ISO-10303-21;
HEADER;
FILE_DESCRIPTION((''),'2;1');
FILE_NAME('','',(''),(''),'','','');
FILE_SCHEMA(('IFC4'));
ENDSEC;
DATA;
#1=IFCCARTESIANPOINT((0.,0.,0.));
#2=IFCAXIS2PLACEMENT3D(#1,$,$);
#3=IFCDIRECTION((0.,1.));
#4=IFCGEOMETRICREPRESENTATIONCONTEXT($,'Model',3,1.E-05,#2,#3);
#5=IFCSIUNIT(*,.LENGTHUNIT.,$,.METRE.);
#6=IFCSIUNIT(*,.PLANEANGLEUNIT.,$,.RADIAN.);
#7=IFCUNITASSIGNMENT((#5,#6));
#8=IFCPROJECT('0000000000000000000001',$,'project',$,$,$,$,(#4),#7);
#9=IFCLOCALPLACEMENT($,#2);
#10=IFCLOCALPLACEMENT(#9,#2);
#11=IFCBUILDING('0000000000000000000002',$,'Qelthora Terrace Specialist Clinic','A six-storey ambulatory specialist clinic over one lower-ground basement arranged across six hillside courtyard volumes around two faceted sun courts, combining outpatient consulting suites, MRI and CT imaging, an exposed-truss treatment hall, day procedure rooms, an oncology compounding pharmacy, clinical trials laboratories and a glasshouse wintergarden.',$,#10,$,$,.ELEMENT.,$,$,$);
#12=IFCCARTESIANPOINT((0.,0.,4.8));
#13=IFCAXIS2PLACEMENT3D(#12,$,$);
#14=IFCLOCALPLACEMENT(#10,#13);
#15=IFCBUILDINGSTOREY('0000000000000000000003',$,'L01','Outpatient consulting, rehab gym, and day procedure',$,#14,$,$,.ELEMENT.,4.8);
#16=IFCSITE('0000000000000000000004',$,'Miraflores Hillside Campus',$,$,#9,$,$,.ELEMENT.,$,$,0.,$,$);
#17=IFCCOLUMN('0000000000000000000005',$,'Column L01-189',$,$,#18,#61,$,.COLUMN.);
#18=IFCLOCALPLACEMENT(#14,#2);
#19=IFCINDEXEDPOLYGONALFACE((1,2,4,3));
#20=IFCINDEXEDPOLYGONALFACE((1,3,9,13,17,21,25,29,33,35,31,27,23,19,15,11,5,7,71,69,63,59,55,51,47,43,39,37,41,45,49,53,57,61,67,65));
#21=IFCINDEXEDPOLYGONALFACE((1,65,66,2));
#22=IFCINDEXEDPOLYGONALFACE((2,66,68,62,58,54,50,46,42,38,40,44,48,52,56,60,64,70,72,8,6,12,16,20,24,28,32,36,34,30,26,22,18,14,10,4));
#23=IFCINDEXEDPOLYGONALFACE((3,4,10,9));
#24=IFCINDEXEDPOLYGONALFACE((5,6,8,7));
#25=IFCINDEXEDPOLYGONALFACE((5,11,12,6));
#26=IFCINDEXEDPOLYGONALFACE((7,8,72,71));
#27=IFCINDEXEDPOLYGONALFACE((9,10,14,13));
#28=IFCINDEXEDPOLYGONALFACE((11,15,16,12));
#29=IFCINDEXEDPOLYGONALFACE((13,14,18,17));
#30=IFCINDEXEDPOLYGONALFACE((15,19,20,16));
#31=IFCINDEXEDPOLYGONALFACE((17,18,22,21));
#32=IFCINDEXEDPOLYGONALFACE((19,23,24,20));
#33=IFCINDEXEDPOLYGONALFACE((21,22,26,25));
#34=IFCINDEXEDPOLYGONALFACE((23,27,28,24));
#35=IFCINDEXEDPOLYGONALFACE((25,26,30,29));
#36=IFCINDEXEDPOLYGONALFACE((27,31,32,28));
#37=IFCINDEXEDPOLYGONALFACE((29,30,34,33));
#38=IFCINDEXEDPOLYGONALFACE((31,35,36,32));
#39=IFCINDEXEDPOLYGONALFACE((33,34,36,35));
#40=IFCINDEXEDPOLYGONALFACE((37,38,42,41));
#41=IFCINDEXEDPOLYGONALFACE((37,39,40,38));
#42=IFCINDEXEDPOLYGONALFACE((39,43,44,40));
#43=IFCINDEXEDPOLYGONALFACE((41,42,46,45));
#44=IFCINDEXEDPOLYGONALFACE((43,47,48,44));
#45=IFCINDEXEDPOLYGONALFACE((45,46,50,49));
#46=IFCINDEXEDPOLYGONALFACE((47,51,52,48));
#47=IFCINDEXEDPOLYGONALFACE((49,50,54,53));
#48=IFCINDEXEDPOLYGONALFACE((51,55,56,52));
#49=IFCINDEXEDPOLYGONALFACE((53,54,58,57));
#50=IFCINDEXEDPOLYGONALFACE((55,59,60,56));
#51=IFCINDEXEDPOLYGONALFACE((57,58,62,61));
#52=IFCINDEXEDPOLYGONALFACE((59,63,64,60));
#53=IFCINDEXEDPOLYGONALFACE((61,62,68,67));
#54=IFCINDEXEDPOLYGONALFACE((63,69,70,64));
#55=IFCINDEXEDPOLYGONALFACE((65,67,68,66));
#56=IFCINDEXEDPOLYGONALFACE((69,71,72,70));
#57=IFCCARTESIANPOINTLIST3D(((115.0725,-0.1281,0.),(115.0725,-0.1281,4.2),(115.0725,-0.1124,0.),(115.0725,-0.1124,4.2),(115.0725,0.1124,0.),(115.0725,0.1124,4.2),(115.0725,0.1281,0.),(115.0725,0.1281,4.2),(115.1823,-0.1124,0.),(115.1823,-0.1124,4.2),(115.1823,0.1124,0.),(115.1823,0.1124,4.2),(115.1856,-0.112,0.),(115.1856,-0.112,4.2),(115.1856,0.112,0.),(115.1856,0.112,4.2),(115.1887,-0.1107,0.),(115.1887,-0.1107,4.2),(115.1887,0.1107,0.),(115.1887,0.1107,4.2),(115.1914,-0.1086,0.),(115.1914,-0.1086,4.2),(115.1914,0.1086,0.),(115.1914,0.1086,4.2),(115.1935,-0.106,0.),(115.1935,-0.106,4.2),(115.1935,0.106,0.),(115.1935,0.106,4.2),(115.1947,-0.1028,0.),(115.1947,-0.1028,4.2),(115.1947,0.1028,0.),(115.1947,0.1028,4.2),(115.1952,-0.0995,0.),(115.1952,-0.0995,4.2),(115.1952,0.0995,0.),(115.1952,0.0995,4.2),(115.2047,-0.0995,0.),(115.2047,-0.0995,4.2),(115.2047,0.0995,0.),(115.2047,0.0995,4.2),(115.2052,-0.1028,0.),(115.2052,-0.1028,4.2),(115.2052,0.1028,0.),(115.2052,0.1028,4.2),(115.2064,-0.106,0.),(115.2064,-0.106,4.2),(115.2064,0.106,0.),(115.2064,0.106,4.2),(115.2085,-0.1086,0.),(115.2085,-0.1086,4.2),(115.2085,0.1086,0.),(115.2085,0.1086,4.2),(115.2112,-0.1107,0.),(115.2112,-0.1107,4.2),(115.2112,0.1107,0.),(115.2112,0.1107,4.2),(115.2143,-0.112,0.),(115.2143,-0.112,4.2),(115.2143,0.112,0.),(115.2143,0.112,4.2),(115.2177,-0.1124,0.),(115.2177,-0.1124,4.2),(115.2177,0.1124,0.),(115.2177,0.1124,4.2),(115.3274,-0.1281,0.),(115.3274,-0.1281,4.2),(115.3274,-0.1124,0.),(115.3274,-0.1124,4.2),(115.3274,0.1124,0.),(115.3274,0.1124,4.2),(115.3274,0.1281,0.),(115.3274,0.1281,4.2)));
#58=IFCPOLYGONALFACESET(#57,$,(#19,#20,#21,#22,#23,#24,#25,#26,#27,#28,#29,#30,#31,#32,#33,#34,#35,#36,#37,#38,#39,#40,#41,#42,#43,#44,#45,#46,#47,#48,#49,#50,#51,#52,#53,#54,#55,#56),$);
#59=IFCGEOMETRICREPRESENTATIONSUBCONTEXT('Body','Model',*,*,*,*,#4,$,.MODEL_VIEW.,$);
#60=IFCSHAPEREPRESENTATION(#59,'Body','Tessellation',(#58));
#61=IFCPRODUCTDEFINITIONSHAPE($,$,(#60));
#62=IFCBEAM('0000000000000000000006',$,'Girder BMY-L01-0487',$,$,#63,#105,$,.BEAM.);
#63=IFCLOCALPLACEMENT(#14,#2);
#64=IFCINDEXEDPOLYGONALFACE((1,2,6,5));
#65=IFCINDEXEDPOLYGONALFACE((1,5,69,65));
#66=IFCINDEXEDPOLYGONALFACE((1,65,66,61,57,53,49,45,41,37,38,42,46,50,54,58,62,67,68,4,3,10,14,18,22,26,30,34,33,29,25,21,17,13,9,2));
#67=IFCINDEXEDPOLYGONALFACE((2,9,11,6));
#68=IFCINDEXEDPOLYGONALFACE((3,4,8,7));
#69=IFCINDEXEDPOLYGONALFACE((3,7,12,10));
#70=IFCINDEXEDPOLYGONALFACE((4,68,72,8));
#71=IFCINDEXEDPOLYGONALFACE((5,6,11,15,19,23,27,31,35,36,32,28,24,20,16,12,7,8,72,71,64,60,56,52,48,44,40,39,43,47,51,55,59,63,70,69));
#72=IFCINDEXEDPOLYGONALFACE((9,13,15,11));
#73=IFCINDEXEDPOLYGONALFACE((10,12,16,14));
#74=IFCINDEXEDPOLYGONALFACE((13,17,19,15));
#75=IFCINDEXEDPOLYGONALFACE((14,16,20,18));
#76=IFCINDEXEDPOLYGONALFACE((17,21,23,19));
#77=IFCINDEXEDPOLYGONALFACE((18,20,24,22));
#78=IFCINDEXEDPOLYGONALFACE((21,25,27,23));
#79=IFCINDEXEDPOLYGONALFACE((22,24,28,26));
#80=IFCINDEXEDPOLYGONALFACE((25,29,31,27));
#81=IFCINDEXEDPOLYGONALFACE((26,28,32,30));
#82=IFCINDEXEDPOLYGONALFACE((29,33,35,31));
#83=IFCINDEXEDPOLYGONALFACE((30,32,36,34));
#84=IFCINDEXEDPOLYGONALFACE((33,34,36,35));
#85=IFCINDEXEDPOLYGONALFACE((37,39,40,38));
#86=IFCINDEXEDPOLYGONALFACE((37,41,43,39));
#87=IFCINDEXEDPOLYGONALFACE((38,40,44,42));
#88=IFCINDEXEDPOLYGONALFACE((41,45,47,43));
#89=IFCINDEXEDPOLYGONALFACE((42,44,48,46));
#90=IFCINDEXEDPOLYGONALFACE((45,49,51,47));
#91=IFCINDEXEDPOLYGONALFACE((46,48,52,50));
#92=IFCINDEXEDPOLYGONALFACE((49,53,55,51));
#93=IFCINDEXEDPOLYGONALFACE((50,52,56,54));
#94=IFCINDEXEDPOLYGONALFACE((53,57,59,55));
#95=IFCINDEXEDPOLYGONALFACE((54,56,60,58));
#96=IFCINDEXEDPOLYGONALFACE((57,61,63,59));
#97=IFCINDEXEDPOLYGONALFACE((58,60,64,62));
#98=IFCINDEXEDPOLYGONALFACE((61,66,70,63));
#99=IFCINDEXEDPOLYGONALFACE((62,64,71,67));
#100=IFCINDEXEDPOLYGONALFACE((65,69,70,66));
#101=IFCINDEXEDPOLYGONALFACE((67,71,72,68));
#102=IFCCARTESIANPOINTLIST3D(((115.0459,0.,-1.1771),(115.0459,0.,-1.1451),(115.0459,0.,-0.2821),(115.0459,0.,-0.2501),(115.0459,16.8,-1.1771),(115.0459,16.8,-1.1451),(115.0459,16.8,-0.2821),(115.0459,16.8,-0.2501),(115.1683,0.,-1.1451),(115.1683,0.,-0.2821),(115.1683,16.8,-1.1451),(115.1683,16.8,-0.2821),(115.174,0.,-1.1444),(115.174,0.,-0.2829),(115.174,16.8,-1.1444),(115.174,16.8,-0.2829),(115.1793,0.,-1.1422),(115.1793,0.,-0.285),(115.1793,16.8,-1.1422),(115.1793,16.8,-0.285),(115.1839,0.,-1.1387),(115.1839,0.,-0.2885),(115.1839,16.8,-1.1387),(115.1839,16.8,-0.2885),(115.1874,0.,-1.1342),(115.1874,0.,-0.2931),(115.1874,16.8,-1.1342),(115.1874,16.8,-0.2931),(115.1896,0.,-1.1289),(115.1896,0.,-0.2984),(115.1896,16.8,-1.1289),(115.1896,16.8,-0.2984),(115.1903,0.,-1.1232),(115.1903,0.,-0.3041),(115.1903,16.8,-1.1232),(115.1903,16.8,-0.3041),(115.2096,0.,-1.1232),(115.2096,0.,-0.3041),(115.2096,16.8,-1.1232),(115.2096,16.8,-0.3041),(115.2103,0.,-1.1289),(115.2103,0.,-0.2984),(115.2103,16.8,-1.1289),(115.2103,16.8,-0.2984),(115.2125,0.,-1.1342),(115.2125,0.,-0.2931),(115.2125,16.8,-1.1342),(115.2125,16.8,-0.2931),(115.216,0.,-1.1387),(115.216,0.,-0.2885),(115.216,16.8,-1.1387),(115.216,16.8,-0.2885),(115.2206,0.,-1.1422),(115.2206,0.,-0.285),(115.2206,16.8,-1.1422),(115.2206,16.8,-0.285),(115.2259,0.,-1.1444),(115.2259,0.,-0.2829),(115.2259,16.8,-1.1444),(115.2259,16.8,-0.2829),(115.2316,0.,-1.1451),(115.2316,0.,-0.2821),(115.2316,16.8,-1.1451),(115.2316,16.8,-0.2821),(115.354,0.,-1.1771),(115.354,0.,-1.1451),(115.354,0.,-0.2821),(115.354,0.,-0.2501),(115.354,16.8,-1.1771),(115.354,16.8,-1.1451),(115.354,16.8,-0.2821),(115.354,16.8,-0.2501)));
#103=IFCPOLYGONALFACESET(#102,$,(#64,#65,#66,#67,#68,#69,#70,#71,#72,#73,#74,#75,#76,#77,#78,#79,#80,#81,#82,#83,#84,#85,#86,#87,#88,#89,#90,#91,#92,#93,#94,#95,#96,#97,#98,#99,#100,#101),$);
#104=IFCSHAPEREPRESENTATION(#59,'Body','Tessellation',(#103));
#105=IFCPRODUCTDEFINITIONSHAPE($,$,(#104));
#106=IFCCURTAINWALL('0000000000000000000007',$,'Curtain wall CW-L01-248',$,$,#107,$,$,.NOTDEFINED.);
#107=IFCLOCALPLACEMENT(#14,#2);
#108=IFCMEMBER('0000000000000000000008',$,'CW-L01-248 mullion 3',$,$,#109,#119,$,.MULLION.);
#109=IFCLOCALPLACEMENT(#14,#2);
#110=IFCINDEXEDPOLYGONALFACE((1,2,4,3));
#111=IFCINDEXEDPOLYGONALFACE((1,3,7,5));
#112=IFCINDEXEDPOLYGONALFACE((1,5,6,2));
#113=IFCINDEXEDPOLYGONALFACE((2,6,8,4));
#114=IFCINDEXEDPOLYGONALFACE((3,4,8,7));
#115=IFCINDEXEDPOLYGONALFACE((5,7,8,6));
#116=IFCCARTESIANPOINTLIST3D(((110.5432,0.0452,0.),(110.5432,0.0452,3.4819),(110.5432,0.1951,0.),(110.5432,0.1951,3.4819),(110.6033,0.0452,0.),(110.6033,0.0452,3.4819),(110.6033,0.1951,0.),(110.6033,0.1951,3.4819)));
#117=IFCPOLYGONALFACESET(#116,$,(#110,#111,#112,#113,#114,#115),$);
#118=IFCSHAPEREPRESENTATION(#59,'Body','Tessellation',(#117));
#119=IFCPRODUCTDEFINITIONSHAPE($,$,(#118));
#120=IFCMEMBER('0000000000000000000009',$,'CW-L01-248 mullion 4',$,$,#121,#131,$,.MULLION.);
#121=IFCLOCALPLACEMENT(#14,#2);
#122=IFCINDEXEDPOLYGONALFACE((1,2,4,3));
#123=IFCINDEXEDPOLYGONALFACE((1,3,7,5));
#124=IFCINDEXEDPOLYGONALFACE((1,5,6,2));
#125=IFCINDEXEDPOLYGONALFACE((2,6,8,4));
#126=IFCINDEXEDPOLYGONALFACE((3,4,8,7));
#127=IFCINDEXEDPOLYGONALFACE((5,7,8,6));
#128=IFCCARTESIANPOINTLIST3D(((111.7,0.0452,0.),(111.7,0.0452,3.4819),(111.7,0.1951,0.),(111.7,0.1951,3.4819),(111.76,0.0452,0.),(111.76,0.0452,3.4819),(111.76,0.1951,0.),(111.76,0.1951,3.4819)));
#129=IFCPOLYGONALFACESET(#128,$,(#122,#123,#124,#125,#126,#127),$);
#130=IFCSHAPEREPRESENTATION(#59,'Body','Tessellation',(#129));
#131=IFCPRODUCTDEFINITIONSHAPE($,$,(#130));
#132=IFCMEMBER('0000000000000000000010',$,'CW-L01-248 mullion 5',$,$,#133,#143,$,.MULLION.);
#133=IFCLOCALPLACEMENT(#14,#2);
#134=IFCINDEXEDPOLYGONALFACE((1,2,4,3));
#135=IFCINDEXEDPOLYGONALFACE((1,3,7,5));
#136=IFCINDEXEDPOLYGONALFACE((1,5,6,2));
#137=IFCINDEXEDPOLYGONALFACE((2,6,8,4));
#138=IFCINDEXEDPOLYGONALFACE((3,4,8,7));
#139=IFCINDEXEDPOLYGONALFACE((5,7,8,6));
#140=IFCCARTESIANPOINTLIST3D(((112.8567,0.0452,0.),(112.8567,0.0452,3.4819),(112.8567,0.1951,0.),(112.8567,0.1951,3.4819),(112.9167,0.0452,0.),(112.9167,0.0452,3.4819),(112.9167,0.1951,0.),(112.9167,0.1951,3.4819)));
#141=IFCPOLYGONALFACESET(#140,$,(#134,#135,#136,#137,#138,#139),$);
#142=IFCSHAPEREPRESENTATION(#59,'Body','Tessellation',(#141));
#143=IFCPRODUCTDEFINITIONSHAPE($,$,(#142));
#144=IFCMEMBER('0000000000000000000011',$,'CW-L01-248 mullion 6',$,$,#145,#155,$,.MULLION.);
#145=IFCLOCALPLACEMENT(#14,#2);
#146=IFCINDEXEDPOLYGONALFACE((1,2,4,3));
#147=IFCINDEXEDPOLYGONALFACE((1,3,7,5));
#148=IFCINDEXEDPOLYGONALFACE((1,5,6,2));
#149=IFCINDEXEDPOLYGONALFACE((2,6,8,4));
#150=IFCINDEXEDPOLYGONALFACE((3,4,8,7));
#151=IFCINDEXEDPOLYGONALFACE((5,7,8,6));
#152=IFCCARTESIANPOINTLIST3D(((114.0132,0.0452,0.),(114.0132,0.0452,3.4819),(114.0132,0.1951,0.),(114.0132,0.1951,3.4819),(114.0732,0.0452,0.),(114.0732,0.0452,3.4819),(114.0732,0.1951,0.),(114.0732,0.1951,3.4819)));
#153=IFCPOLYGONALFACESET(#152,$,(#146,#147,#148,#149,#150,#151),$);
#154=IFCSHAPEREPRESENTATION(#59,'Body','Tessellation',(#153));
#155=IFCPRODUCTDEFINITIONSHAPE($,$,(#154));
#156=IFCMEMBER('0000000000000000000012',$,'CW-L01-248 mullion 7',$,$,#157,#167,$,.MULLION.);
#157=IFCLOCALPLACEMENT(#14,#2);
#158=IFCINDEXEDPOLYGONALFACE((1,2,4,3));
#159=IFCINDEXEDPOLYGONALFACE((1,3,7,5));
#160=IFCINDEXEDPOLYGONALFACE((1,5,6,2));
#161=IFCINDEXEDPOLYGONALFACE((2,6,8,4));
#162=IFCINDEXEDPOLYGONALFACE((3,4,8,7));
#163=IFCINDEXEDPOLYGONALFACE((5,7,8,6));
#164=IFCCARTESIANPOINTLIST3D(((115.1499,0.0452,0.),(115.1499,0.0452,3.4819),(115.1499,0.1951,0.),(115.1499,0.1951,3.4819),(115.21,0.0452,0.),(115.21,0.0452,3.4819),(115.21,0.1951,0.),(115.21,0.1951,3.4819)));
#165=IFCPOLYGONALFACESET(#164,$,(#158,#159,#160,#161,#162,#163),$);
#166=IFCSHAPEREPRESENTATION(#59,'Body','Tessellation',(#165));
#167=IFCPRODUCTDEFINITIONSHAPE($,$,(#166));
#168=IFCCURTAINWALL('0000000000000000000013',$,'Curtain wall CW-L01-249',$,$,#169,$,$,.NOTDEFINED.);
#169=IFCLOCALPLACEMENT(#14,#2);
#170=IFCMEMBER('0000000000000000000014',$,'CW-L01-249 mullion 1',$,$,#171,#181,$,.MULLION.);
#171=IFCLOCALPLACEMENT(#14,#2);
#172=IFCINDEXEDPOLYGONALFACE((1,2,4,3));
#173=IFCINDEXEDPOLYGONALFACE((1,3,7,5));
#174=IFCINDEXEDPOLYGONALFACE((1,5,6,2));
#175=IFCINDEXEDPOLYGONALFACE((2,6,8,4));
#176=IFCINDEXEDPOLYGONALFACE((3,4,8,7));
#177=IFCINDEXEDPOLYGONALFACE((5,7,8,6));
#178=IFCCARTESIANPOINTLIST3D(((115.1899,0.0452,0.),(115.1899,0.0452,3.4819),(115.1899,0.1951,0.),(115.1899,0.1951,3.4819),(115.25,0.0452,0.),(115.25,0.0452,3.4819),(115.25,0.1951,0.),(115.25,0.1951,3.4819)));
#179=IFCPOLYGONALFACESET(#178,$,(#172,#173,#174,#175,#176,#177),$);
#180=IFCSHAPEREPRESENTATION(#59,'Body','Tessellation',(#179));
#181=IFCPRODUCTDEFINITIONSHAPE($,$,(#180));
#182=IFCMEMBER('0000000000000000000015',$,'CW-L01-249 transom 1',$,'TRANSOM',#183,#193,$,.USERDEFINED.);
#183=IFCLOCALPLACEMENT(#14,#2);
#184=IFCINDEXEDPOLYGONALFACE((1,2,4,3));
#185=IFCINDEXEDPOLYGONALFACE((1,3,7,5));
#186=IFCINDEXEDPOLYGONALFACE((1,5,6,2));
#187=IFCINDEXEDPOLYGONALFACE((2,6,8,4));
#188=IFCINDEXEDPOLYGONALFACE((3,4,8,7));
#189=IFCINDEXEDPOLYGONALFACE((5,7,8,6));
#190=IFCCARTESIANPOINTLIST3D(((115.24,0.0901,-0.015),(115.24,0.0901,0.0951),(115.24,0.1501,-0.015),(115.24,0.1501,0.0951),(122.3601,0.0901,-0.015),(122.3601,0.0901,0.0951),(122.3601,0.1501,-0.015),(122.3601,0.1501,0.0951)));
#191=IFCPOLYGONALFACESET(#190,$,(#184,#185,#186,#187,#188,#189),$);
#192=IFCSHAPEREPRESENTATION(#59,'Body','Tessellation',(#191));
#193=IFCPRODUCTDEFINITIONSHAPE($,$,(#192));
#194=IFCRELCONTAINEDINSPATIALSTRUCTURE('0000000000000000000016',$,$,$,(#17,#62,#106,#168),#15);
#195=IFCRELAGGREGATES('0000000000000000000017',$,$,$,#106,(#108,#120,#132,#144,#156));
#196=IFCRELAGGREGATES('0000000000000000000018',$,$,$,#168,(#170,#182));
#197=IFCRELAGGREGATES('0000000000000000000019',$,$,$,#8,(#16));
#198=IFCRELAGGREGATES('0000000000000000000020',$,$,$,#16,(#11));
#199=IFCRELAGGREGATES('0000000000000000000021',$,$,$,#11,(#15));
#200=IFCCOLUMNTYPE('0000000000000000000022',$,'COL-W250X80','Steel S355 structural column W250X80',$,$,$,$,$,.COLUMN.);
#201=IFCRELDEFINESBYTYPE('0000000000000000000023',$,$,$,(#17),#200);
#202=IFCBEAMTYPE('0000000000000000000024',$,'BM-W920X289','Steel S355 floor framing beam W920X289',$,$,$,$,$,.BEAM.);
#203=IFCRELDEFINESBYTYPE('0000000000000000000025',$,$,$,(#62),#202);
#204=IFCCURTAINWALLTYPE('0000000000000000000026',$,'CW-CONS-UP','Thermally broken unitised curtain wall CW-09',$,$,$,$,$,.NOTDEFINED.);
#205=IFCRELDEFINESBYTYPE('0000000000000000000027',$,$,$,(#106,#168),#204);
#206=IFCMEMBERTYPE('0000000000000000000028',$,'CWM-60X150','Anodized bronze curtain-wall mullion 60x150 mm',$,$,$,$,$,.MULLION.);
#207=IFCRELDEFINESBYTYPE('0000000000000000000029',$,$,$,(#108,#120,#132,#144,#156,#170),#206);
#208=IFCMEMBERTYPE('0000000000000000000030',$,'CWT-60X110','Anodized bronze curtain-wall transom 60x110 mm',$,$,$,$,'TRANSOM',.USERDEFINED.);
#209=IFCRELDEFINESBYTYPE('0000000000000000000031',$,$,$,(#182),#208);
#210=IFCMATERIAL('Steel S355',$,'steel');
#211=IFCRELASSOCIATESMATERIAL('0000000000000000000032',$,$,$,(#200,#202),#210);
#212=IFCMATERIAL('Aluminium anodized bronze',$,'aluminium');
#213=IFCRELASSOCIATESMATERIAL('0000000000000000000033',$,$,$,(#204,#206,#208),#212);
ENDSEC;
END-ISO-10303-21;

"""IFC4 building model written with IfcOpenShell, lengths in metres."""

from ifc_helpers import new_model, si_unit, direction, frame, origin, origin_2d, place, context, subcontext, project, spatial, rectangle, i_section, extrude, material, material_profile, profile_set, type_object, element, aggregate, save


model = new_model("IFC4")

# Units and contexts
model_context = context("Model", 3, precision=1e-05, world=origin(), true_north=direction((0.0, 1.0)))
body_context = subcontext(model_context, "Body", "Model", "MODEL_VIEW")
ifc_project = project(units=[si_unit("LENGTHUNIT", "METRE"), si_unit("PLANEANGLEUNIT", "RADIAN")], contexts=[model_context])

# Site, building, storey
site_placement = place(None, origin())
site = spatial("IfcSite", under=ifc_project, at=site_placement, Name="Miraflores Hillside Campus", CompositionType="ELEMENT", RefElevation=0.0)
building_placement = place(site_placement, origin())
building = spatial("IfcBuilding", under=site, at=building_placement, Name="Qelthora Terrace Specialist Clinic", Description="A six-storey ambulatory specialist clinic over one lower-ground basement arranged across six hillside courtyard volumes around two faceted sun courts, combining outpatient consulting suites, MRI and CT imaging, an exposed-truss treatment hall, day procedure rooms, an oncology compounding pharmacy, clinical trials laboratories and a glasshouse wintergarden.", CompositionType="ELEMENT")
storey_placement = place(building_placement, frame((0.0, 0.0, 4.8)))
storey = spatial("IfcBuildingStorey", under=building, at=storey_placement, Name="L01", Description="Outpatient consulting, rehab gym, and day procedure", CompositionType="ELEMENT", Elevation=4.8)

# Column
ifc_material_1 = material(Name="Steel S355", Category="steel")
ifc_material_profile_1 = material_profile(ifc_material_1, i_section(OverallWidth=0.2549, OverallDepth=0.2561, WebThickness=0.0095, FlangeThickness=0.0156, FilletRadius=0.0129, at=origin_2d()), Name="W250X80")
ifc_profile_set_1 = profile_set([ifc_material_profile_1], Name="Steel S355")
column_type = type_object("IfcColumnType", Name="COL-W250X80", Description="Steel S355 structural column W250X80", PredefinedType="COLUMN", material=ifc_profile_set_1)
column_placement = place(storey_placement, frame((115.2, 0.0, 0.0), z_axis=(0.0, 0.0, 1.0), x_axis=(1.0, 0.0, 0.0)))
element("IfcColumn", 1, at=column_placement, inside=storey, type_object=column_type, Name="Column L01-189", PredefinedType="COLUMN", context=body_context, shape_type="SweptSolid", body=[
    extrude(i_section(OverallWidth=0.2549, OverallDepth=0.2561, WebThickness=0.0095, FlangeThickness=0.0156, FilletRadius=0.0129, at=origin_2d()), origin(), (0.0, 0.0, 1.0), 4.2),
])

# Beam
ifc_material_profile_2 = material_profile(ifc_material_1, i_section(OverallWidth=0.3081, OverallDepth=0.927, WebThickness=0.0193, FlangeThickness=0.032, FilletRadius=0.022, at=origin_2d()), Name="W920X289")
ifc_profile_set_2 = profile_set([ifc_material_profile_2], Name="Steel S355")
beam_type_1 = type_object("IfcBeamType", Name="BM-W920X289", Description="Steel S355 floor framing beam W920X289", PredefinedType="BEAM", material=ifc_profile_set_2)
beam_1_placement = place(storey_placement, frame((115.2, 0.0, -0.7136), z_axis=(0.0, 1.0, 0.0), x_axis=(-1.0, 0.0, 0.0)))
element("IfcBeam", 2, at=beam_1_placement, inside=storey, type_object=beam_type_1, Name="Girder BMY-L01-0487", PredefinedType="BEAM", context=body_context, shape_type="SweptSolid", body=[
    extrude(i_section(OverallWidth=0.3081, OverallDepth=0.927, WebThickness=0.0193, FlangeThickness=0.032, FilletRadius=0.022, at=origin_2d()), origin(), (0.0, 0.0, 1.0), 16.8),
])

# Curtain walls, members
ifc_material_2 = material(Name="Aluminium anodized bronze", Category="aluminium")
curtain_wall_type = type_object("IfcCurtainWallType", Name="CW-CONS-UP", Description="Thermally broken unitised curtain wall CW-09", PredefinedType="NOTDEFINED", material=ifc_material_2)
curtain_wall_1_placement = place(storey_placement, origin())
curtain_wall_1 = element("IfcCurtainWall", 3, at=curtain_wall_1_placement, inside=storey, type_object=curtain_wall_type, Name="Curtain wall CW-L01-248", PredefinedType="NOTDEFINED")
ifc_material_profile_3 = material_profile(ifc_material_2, rectangle(XDim=0.0601, YDim=0.1499, at=origin_2d()), Name="CWM60X150")
ifc_profile_set_3 = profile_set([ifc_material_profile_3], Name="Aluminium anodized bronze")
member_type_1 = type_object("IfcMemberType", Name="CWM-60X150", Description="Anodized bronze curtain-wall mullion 60x150 mm", PredefinedType="MULLION", material=ifc_profile_set_3)
member_1_placement = place(storey_placement, frame((110.5732, 0.1201, 0.0), z_axis=(0.0, 0.0, 1.0), x_axis=(1.0, 0.0, 0.0)))
member_1 = element("IfcMember", 4, at=member_1_placement, type_object=member_type_1, Name="CW-L01-248 mullion 3", PredefinedType="MULLION", context=body_context, shape_type="SweptSolid", body=[
    extrude(rectangle(XDim=0.0601, YDim=0.1499, at=origin_2d()), origin(), (0.0, 0.0, 1.0), 3.4819),
])
member_2_placement = place(storey_placement, frame((111.73, 0.1201, 0.0), z_axis=(0.0, 0.0, 1.0), x_axis=(1.0, 0.0, 0.0)))
member_2 = element("IfcMember", 5, at=member_2_placement, type_object=member_type_1, Name="CW-L01-248 mullion 4", PredefinedType="MULLION", context=body_context, shape_type="SweptSolid", body=[
    extrude(rectangle(XDim=0.0601, YDim=0.1499, at=origin_2d()), origin(), (0.0, 0.0, 1.0), 3.4819),
])
member_3_placement = place(storey_placement, frame((112.8867, 0.1201, 0.0), z_axis=(0.0, 0.0, 1.0), x_axis=(1.0, 0.0, 0.0)))
member_3 = element("IfcMember", 6, at=member_3_placement, type_object=member_type_1, Name="CW-L01-248 mullion 5", PredefinedType="MULLION", context=body_context, shape_type="SweptSolid", body=[
    extrude(rectangle(XDim=0.0601, YDim=0.1499, at=origin_2d()), origin(), (0.0, 0.0, 1.0), 3.4819),
])
member_4_placement = place(storey_placement, frame((114.0432, 0.1201, 0.0), z_axis=(0.0, 0.0, 1.0), x_axis=(1.0, 0.0, 0.0)))
member_4 = element("IfcMember", 7, at=member_4_placement, type_object=member_type_1, Name="CW-L01-248 mullion 6", PredefinedType="MULLION", context=body_context, shape_type="SweptSolid", body=[
    extrude(rectangle(XDim=0.0601, YDim=0.1499, at=origin_2d()), origin(), (0.0, 0.0, 1.0), 3.4819),
])
member_5_placement = place(storey_placement, frame((115.1799, 0.1201, 0.0), z_axis=(0.0, 0.0, 1.0), x_axis=(1.0, 0.0, 0.0)))
member_5 = element("IfcMember", 8, at=member_5_placement, type_object=member_type_1, Name="CW-L01-248 mullion 7", PredefinedType="MULLION", context=body_context, shape_type="SweptSolid", body=[
    extrude(rectangle(XDim=0.0601, YDim=0.1499, at=origin_2d()), origin(), (0.0, 0.0, 1.0), 3.4819),
])
curtain_wall_2_placement = place(storey_placement, origin())
curtain_wall_2 = element("IfcCurtainWall", 9, at=curtain_wall_2_placement, inside=storey, type_object=curtain_wall_type, Name="Curtain wall CW-L01-249", PredefinedType="NOTDEFINED")
member_6_placement = place(storey_placement, frame((115.22, 0.1201, 0.0), z_axis=(0.0, 0.0, 1.0), x_axis=(1.0, 0.0, 0.0)))
member_6 = element("IfcMember", 10, at=member_6_placement, type_object=member_type_1, Name="CW-L01-249 mullion 1", PredefinedType="MULLION", context=body_context, shape_type="SweptSolid", body=[
    extrude(rectangle(XDim=0.0601, YDim=0.1499, at=origin_2d()), origin(), (0.0, 0.0, 1.0), 3.4819),
])
ifc_material_profile_4 = material_profile(ifc_material_2, rectangle(XDim=0.0601, YDim=0.1101, at=origin_2d()), Name="CWT60X110")
ifc_profile_set_4 = profile_set([ifc_material_profile_4], Name="Aluminium anodized bronze")
member_type_2 = type_object("IfcMemberType", Name="CWT-60X110", Description="Anodized bronze curtain-wall transom 60x110 mm", ElementType="TRANSOM", PredefinedType="USERDEFINED", material=ifc_profile_set_4)
member_7_placement = place(storey_placement, frame((115.24, 0.1201, 0.04), z_axis=(1.0, 0.0, 0.0), x_axis=(0.0, 1.0, 0.0)))
member_7 = element("IfcMember", 11, at=member_7_placement, type_object=member_type_2, Name="CW-L01-249 transom 1", ObjectType="TRANSOM", PredefinedType="USERDEFINED", context=body_context, shape_type="SweptSolid", body=[
    extrude(rectangle(XDim=0.0601, YDim=0.1101, at=origin_2d()), origin(), (0.0, 0.0, 1.0), 7.1201),
])

aggregate(curtain_wall_1, [member_1, member_2, member_3, member_4, member_5])
aggregate(curtain_wall_2, [member_6, member_7])

save(model, "model.ifc")
